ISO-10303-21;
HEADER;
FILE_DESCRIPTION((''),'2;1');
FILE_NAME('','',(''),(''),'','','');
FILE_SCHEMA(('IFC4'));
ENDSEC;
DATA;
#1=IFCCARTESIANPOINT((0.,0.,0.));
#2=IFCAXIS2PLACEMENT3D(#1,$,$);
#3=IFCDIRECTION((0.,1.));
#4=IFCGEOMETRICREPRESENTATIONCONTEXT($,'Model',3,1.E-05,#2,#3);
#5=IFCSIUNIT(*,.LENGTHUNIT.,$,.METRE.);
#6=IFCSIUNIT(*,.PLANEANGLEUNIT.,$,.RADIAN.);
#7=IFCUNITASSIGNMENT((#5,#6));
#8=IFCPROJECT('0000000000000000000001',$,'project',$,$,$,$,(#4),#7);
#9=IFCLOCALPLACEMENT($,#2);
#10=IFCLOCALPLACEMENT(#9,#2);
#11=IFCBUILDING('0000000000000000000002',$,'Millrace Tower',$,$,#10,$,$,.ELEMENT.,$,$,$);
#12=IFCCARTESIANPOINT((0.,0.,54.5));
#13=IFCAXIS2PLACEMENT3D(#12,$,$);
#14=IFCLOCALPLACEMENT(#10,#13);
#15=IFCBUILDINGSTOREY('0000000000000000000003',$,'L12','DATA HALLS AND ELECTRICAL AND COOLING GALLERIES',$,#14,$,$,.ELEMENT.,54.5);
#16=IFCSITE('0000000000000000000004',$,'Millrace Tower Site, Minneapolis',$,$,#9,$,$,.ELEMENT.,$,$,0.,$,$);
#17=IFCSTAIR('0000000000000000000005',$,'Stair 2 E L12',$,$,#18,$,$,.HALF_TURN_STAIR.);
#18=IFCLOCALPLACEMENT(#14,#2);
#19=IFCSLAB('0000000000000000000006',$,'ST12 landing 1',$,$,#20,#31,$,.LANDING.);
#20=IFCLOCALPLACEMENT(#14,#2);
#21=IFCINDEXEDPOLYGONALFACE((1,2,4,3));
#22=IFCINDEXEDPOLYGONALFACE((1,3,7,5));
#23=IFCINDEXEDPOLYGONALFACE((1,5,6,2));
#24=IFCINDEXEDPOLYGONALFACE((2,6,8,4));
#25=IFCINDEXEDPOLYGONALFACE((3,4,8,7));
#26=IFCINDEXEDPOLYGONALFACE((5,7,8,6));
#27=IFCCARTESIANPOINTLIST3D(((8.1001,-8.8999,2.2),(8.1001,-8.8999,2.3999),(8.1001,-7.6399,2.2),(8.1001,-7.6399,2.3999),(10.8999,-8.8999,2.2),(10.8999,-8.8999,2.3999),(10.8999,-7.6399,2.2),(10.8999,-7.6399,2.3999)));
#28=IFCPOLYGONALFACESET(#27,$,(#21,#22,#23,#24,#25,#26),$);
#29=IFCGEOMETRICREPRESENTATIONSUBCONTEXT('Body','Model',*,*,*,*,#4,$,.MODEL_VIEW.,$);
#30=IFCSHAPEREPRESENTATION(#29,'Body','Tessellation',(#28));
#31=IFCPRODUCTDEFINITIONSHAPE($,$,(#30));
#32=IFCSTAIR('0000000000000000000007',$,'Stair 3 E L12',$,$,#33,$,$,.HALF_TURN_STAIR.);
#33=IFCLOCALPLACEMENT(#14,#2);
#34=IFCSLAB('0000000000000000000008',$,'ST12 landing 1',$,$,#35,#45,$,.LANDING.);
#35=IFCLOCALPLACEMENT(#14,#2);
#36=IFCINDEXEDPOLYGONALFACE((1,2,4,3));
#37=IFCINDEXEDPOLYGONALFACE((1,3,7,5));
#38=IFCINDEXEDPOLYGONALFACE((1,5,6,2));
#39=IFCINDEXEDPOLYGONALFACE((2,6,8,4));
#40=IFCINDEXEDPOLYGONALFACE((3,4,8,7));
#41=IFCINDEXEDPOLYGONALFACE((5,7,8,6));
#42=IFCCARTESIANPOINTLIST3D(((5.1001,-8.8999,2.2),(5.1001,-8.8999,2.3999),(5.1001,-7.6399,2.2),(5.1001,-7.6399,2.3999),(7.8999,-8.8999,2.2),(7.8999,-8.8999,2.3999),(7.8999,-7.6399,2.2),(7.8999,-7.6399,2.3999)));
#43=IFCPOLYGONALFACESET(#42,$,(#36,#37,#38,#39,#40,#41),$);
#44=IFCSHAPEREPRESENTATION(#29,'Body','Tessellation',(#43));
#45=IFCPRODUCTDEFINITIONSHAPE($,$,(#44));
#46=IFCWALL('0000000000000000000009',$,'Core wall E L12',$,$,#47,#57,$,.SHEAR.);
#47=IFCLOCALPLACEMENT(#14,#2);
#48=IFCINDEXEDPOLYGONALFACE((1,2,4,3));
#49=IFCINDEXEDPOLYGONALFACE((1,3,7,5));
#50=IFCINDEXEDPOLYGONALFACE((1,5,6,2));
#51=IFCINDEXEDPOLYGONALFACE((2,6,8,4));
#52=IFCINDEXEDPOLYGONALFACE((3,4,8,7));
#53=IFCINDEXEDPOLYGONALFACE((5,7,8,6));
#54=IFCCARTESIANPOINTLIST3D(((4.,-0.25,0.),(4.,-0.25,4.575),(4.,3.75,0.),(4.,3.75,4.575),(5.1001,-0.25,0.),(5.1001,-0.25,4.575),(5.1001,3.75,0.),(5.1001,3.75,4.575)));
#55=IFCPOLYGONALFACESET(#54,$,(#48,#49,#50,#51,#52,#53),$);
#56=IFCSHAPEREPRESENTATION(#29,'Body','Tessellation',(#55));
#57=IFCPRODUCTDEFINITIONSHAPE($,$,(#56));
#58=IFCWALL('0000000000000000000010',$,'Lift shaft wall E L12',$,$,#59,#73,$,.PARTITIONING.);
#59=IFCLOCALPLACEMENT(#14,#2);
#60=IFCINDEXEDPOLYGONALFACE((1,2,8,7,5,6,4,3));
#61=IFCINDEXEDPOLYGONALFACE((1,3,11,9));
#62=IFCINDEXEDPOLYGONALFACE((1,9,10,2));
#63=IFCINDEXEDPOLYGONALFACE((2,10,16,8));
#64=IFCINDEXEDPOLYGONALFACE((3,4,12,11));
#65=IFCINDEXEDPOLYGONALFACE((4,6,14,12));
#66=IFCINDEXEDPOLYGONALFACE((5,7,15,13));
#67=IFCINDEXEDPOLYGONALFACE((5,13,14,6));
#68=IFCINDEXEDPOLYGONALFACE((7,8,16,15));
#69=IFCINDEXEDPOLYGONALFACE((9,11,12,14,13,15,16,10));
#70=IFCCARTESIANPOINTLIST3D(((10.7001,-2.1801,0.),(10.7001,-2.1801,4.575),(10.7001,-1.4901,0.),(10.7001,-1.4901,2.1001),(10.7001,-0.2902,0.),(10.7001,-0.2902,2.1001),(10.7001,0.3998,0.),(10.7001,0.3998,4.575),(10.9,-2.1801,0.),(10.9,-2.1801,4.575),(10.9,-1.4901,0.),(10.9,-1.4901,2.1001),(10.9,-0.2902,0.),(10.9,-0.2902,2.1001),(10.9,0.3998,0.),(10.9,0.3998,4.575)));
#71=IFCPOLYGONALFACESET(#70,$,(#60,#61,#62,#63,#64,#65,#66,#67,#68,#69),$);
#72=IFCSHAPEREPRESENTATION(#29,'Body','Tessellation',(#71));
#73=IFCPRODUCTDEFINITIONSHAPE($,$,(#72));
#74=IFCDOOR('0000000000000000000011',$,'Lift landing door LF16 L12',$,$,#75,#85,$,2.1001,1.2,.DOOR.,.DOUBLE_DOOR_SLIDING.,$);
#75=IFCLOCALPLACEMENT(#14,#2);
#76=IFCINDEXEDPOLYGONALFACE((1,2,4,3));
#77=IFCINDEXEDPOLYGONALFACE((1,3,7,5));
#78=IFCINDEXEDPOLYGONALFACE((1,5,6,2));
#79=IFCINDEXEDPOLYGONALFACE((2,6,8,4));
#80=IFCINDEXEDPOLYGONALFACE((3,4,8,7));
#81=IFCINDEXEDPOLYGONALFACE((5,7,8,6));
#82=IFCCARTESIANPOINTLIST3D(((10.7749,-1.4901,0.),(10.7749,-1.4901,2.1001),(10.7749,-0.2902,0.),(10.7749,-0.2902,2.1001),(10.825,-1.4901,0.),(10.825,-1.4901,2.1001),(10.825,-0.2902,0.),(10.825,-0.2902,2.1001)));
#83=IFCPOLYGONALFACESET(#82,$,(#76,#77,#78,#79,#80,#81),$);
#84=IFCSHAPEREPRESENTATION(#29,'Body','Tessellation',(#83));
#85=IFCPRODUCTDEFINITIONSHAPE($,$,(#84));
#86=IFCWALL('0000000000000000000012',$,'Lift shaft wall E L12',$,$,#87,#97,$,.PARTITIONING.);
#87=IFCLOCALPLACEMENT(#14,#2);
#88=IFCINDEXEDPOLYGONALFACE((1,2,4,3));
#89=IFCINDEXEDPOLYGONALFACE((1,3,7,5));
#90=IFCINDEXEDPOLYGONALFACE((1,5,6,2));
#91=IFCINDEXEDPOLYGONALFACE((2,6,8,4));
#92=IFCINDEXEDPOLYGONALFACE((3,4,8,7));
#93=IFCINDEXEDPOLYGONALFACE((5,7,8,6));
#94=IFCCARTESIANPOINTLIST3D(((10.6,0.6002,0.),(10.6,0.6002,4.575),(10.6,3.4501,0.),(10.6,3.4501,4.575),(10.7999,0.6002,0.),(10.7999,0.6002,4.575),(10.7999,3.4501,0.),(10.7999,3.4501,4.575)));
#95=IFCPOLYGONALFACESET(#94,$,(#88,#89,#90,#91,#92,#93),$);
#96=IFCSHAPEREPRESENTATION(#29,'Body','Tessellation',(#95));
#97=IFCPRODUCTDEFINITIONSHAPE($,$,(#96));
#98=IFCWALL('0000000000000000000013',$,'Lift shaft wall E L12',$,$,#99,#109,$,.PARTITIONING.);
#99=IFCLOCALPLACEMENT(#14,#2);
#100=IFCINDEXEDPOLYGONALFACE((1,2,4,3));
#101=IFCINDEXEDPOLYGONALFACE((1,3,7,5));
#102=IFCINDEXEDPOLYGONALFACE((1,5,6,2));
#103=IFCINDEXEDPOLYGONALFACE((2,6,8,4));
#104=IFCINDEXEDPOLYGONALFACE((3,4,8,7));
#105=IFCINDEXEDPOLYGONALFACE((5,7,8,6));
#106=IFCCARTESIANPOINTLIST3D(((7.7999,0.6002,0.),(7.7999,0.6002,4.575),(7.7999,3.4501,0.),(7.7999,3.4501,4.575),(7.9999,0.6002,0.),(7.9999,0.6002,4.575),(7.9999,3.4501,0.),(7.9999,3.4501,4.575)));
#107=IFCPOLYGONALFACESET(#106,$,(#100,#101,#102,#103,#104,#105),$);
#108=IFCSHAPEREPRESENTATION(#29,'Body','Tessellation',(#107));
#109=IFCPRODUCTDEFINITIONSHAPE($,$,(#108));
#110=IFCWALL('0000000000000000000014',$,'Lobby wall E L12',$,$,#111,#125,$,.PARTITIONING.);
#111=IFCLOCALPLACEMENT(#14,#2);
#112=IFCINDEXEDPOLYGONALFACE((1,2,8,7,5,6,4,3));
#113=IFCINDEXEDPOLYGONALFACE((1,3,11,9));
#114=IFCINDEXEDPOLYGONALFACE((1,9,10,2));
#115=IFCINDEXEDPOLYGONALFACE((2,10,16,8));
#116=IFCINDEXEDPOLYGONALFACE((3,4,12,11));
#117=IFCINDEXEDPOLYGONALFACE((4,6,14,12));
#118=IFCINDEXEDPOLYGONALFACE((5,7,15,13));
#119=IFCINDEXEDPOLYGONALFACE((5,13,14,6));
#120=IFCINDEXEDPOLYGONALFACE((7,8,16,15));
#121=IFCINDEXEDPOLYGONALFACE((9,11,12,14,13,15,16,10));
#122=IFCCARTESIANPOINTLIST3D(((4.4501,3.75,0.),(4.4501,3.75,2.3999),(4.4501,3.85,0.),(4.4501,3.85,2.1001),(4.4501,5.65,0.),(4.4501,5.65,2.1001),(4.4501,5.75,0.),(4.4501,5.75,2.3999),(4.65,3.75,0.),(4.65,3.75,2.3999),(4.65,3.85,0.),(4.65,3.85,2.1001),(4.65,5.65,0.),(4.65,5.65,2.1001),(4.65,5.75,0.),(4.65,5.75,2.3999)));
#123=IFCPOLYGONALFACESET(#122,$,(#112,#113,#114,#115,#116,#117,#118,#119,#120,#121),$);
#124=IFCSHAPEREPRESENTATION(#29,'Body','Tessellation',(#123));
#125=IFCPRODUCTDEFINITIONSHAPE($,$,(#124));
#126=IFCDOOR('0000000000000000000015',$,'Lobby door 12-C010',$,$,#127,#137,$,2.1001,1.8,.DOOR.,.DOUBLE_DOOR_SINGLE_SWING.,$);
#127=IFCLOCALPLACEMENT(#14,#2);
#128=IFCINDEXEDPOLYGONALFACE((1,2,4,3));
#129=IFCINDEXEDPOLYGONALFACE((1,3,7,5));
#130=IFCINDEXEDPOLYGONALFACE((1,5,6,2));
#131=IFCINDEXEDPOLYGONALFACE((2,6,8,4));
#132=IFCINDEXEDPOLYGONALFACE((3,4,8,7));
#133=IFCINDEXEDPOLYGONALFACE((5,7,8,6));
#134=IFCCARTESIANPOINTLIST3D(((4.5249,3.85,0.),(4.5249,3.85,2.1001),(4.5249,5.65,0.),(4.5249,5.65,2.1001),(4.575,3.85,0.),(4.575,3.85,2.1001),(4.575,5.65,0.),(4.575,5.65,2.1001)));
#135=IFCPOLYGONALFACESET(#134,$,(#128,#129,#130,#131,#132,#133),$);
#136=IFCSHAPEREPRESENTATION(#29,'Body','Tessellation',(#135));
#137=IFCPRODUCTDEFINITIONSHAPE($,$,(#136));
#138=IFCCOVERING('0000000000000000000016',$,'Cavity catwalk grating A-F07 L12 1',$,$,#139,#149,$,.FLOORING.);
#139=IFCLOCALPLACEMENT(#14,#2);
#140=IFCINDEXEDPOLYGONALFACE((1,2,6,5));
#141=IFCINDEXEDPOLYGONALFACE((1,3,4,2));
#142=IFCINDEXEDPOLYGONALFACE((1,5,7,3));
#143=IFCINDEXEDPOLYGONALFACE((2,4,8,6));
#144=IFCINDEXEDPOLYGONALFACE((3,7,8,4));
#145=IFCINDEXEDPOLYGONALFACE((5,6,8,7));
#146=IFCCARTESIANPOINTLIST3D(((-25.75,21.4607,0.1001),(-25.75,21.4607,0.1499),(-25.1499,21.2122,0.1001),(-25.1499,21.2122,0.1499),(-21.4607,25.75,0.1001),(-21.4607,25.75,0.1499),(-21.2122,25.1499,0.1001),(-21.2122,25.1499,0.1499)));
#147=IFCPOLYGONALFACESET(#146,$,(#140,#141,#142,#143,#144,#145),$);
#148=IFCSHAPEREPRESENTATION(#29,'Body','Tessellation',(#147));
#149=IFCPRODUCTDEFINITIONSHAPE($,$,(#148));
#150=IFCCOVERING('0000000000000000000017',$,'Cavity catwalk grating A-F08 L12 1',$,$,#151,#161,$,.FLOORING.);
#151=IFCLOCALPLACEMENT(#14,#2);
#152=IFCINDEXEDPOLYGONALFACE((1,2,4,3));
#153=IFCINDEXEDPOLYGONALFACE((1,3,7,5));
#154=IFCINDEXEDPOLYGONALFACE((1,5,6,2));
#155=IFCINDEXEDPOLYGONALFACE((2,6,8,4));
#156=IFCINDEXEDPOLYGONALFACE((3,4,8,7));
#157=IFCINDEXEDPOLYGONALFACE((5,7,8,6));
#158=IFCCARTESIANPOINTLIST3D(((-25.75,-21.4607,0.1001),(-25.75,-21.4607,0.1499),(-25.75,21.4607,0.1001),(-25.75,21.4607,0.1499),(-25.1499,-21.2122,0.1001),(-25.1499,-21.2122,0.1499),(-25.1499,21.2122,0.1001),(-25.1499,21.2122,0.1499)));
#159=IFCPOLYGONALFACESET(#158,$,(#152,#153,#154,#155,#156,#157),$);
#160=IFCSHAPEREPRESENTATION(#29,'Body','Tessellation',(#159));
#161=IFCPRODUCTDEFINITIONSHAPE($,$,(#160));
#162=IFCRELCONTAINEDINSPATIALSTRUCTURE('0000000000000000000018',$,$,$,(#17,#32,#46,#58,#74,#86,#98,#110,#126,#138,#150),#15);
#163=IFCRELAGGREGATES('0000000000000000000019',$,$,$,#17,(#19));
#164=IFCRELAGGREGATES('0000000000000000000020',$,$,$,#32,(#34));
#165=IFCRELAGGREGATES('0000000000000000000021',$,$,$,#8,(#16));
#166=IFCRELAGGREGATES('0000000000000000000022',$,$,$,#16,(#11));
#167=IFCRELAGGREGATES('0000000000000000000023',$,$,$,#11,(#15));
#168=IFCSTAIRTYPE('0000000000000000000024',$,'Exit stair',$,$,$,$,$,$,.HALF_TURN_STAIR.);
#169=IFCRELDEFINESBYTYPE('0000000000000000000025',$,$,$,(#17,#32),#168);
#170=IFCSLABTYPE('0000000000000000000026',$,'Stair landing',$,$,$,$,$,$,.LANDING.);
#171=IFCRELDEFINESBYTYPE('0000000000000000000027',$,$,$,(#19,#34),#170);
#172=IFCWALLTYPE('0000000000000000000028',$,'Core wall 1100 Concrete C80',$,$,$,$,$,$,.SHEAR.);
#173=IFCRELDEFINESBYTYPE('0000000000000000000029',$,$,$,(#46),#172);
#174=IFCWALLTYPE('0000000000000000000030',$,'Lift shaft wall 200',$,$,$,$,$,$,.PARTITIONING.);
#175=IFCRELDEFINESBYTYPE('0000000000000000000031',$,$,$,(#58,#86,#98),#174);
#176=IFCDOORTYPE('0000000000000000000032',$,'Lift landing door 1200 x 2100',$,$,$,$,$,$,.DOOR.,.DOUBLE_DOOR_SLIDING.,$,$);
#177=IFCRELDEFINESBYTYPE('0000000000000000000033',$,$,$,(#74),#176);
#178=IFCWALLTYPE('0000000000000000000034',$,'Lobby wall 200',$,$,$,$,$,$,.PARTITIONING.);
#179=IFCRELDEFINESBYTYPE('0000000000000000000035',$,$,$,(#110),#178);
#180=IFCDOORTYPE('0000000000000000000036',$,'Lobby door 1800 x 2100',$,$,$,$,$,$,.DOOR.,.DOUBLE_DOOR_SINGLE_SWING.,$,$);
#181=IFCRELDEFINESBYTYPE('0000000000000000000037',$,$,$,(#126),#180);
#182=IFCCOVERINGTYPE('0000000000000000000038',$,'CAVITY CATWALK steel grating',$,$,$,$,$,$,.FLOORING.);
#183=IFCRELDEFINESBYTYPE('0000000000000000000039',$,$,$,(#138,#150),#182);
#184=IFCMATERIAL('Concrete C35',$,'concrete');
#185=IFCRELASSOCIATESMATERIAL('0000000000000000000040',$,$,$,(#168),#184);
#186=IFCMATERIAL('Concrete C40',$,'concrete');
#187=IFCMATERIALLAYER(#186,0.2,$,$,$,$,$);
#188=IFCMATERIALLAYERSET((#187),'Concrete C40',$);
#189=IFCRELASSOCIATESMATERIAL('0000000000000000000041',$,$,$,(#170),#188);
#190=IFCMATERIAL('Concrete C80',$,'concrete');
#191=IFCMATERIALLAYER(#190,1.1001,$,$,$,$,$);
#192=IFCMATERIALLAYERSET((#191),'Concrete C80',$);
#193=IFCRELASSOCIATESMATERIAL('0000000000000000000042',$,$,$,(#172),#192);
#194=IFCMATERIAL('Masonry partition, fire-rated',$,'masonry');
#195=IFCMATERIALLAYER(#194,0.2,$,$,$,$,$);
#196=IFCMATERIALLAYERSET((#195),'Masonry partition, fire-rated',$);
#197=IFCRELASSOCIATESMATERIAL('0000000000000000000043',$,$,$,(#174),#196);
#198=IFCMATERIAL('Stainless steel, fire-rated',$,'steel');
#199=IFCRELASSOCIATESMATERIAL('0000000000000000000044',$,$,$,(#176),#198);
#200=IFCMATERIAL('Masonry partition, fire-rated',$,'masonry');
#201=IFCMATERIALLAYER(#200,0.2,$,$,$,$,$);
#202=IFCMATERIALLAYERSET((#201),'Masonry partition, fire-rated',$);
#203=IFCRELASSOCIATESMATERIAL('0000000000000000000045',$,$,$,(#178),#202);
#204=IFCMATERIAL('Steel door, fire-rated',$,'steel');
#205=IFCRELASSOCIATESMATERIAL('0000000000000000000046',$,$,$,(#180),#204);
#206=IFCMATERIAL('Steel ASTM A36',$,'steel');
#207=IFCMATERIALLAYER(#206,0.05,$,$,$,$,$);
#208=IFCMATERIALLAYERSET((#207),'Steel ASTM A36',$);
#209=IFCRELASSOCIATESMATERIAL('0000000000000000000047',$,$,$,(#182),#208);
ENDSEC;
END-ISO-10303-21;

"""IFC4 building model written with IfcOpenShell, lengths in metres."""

from ifc_helpers import new_model, si_unit, direction, frame, frame_2d, origin, place, context, subcontext, project, spatial, polyline, rectangle, outline, extrude, material, layer, layer_set, type_object, element, fill, aggregate, save


model = new_model("IFC4")

# Units and contexts
model_context = context("Model", 3, precision=1e-05, world=origin(), true_north=direction((0.0, 1.0)))
body_context = subcontext(model_context, "Body", "Model", "MODEL_VIEW")
ifc_project = project(units=[si_unit("LENGTHUNIT", "METRE"), si_unit("PLANEANGLEUNIT", "RADIAN")], contexts=[model_context])

# Site, building, storey
site_placement = place(None, origin())
site = spatial("IfcSite", under=ifc_project, at=site_placement, Name="Millrace Tower Site, Minneapolis", CompositionType="ELEMENT", RefElevation=0.0)
building_placement = place(site_placement, origin())
building = spatial("IfcBuilding", under=site, at=building_placement, Name="Millrace Tower", CompositionType="ELEMENT")
storey_placement = place(building_placement, frame((0.0, 0.0, 54.5)))
storey = spatial("IfcBuildingStorey", under=building, at=storey_placement, Name="L12", Description="DATA HALLS AND ELECTRICAL AND COOLING GALLERIES", CompositionType="ELEMENT", Elevation=54.5)

# Shared definitions
placement_1 = place(storey_placement, origin())

# Stairs, slabs
ifc_material_1 = material(Name="Concrete C35", Category="concrete")
stair_type = type_object("IfcStairType", Name="Exit stair", PredefinedType="HALF_TURN_STAIR", material=ifc_material_1)
ifc_material_2 = material(Name="Concrete C40", Category="concrete")
ifc_layer_1 = layer(ifc_material_2, 0.2)
ifc_layer_set_1 = layer_set([ifc_layer_1], Name="Concrete C40")
slab_type = type_object("IfcSlabType", Name="Stair landing", PredefinedType="LANDING", material=ifc_layer_set_1)
placement_2 = place(storey_placement, frame((0.0, 0.0, 2.2)))
stair_1 = element("IfcStair", 1, at=placement_1, inside=storey, type_object=stair_type, Name="Stair 2 E L12", PredefinedType="HALF_TURN_STAIR")
slab_1 = element("IfcSlab", 2, at=placement_2, type_object=slab_type, Name="ST12 landing 1", PredefinedType="LANDING", context=body_context, shape_type="SweptSolid", body=[
    extrude(outline(polyline([(8.1001, -8.8999), (10.8999, -8.8999), (10.8999, -7.6399), (8.1001, -7.6399), (8.1001, -8.8999)])), origin(), (0.0, 0.0, 1.0), 0.2),
])
aggregate(stair_1, [slab_1])
stair_2 = element("IfcStair", 3, at=placement_1, inside=storey, type_object=stair_type, Name="Stair 3 E L12", PredefinedType="HALF_TURN_STAIR")
slab_2 = element("IfcSlab", 4, at=placement_2, type_object=slab_type, Name="ST12 landing 1", PredefinedType="LANDING", context=body_context, shape_type="SweptSolid", body=[
    extrude(outline(polyline([(5.1001, -8.8999), (7.8999, -8.8999), (7.8999, -7.6399), (5.1001, -7.6399), (5.1001, -8.8999)])), origin(), (0.0, 0.0, 1.0), 0.2),
])
aggregate(stair_2, [slab_2])

# Wall
ifc_material_3 = material(Name="Concrete C80", Category="concrete")
ifc_layer_2 = layer(ifc_material_3, 1.1001)
ifc_layer_set_2 = layer_set([ifc_layer_2], Name="Concrete C80")
wall_type_1 = type_object("IfcWallType", Name="Core wall 1100 Concrete C80", PredefinedType="SHEAR", material=ifc_layer_set_2)
wall_1_placement = place(storey_placement, frame((4.55, 3.75, 0.0), z_axis=(0.0, 0.0, 1.0), x_axis=(0.0, -1.0, 0.0)))
element("IfcWall", 5, at=wall_1_placement, inside=storey, type_object=wall_type_1, Name="Core wall E L12", PredefinedType="SHEAR", context=body_context, shape_type="SweptSolid", body=[
    extrude(rectangle(XDim=4.0, YDim=1.1001, at=frame_2d((2.0, 0.0))), origin(), (0.0, 0.0, 1.0), 4.575),
])

# Wall, opening, door
ifc_material_4 = material(Name="Masonry partition, fire-rated", Category="masonry")
ifc_layer_3 = layer(ifc_material_4, 0.2)
ifc_layer_set_3 = layer_set([ifc_layer_3], Name="Masonry partition, fire-rated")
wall_type_2 = type_object("IfcWallType", Name="Lift shaft wall 200", PredefinedType="PARTITIONING", material=ifc_layer_set_3)
wall_2_placement = place(storey_placement, frame((10.8, 0.3999, 0.0), z_axis=(0.0, 0.0, 1.0), x_axis=(0.0, -1.0, 0.0)))
wall_2 = element("IfcWall", 6, at=wall_2_placement, inside=storey, type_object=wall_type_2, Name="Lift shaft wall E L12", PredefinedType="PARTITIONING", context=body_context, shape_type="SweptSolid", body=[
    extrude(rectangle(XDim=2.5798, YDim=0.2, at=frame_2d((1.29, 0.0))), origin(), (0.0, 0.0, 1.0), 4.575),
])
opening_1_placement = place(wall_2_placement, frame((0.6899, 0.0, 0.0)))
opening_1 = element("IfcOpeningElement", 7, at=opening_1_placement, cuts=wall_2, PredefinedType="OPENING", context=body_context, shape_type="SweptSolid", body=[
    extrude(rectangle(XDim=1.2, YDim=2.1001, at=frame_2d((0.6001, 1.05))), frame((0.0, 0.1099, 0.0), z_axis=(0.0, -1.0, 0.0), x_axis=(1.0, 0.0, 0.0)), (0.0, 0.0, 1.0), 0.22),
])
ifc_material_5 = material(Name="Stainless steel, fire-rated", Category="steel")
door_type_1 = type_object("IfcDoorType", Name="Lift landing door 1200 x 2100", OperationType="DOUBLE_DOOR_SLIDING", PredefinedType="DOOR", material=ifc_material_5)
door_1_placement = place(opening_1_placement, origin())
door_1 = element("IfcDoor", 8, at=door_1_placement, inside=storey, type_object=door_type_1, Name="Lift landing door LF16 L12", OperationType="DOUBLE_DOOR_SLIDING", OverallHeight=2.1001, OverallWidth=1.2, PredefinedType="DOOR", context=body_context, shape_type="SweptSolid", body=[
    extrude(rectangle(XDim=1.2, YDim=2.1001, at=frame_2d((0.6001, 1.05))), frame((0.0, 0.0249, 0.0), z_axis=(0.0, -1.0, 0.0), x_axis=(1.0, 0.0, 0.0)), (0.0, 0.0, 1.0), 0.05),
])
fill(opening_1, door_1)

# Walls
for number, where, z_axis, x_axis, name in (
    (9, (10.7, 3.45, 0.0), (0.0, 0.0, 1.0), (0.0, -1.0, 0.0), "Lift shaft wall E L12"),
    (10, (7.8999, 3.45, 0.0), (0.0, 0.0, 1.0), (0.0, -1.0, 0.0), "Lift shaft wall E L12"),
):
    element("IfcWall", number, at=place(storey_placement, frame(where, z_axis=z_axis, x_axis=x_axis)), inside=storey, type_object=wall_type_2, Name=name, PredefinedType="PARTITIONING", context=body_context, shape_type="SweptSolid", body=[
        extrude(rectangle(XDim=2.8499, YDim=0.2, at=frame_2d((1.4248, 0.0))), origin(), (0.0, 0.0, 1.0), 4.575),
    ])

# Wall, opening, door
ifc_material_6 = material(Name="Masonry partition, fire-rated", Category="masonry")
ifc_layer_4 = layer(ifc_material_6, 0.2)
ifc_layer_set_4 = layer_set([ifc_layer_4], Name="Masonry partition, fire-rated")
wall_type_3 = type_object("IfcWallType", Name="Lobby wall 200", PredefinedType="PARTITIONING", material=ifc_layer_set_4)
wall_3_placement = place(storey_placement, frame((4.55, 5.75, 0.0), z_axis=(0.0, 0.0, 1.0), x_axis=(0.0, -1.0, 0.0)))
wall_3 = element("IfcWall", 11, at=wall_3_placement, inside=storey, type_object=wall_type_3, Name="Lobby wall E L12", PredefinedType="PARTITIONING", context=body_context, shape_type="SweptSolid", body=[
    extrude(rectangle(XDim=2.0, YDim=0.2, at=frame_2d((1.0, 0.0))), origin(), (0.0, 0.0, 1.0), 2.3999),
])
opening_2_placement = place(wall_3_placement, frame((0.1001, 0.0, 0.0)))
opening_2 = element("IfcOpeningElement", 12, at=opening_2_placement, cuts=wall_3, PredefinedType="OPENING", context=body_context, shape_type="SweptSolid", body=[
    extrude(rectangle(XDim=1.8, YDim=2.1001, at=frame_2d((0.8999, 1.05))), frame((0.0, 0.1099, 0.0), z_axis=(0.0, -1.0, 0.0), x_axis=(1.0, 0.0, 0.0)), (0.0, 0.0, 1.0), 0.22),
])
ifc_material_7 = material(Name="Steel door, fire-rated", Category="steel")
door_type_2 = type_object("IfcDoorType", Name="Lobby door 1800 x 2100", OperationType="DOUBLE_DOOR_SINGLE_SWING", PredefinedType="DOOR", material=ifc_material_7)
door_2_placement = place(opening_2_placement, origin())
door_2 = element("IfcDoor", 13, at=door_2_placement, inside=storey, type_object=door_type_2, Name="Lobby door 12-C010", OperationType="DOUBLE_DOOR_SINGLE_SWING", OverallHeight=2.1001, OverallWidth=1.8, PredefinedType="DOOR", context=body_context, shape_type="SweptSolid", body=[
    extrude(rectangle(XDim=1.8, YDim=2.1001, at=frame_2d((0.8999, 1.05))), frame((0.0, 0.0249, 0.0), z_axis=(0.0, -1.0, 0.0), x_axis=(1.0, 0.0, 0.0)), (0.0, 0.0, 1.0), 0.05),
])
fill(opening_2, door_2)

# Coverings
ifc_material_8 = material(Name="Steel ASTM A36", Category="steel")
ifc_layer_5 = layer(ifc_material_8, 0.05)
ifc_layer_set_5 = layer_set([ifc_layer_5], Name="Steel ASTM A36")
covering_type = type_object("IfcCoveringType", Name="CAVITY CATWALK steel grating", PredefinedType="FLOORING", material=ifc_layer_set_5)
placement_3 = place(storey_placement, frame((0.0, 0.0, 0.1001)))
element("IfcCovering", 14, at=placement_3, inside=storey, type_object=covering_type, Name="Cavity catwalk grating A-F07 L12 1", PredefinedType="FLOORING", context=body_context, shape_type="SweptSolid", body=[
    extrude(outline(polyline([(-21.4607, 25.75), (-25.75, 21.4607), (-25.1499, 21.2122), (-21.2122, 25.1499), (-21.4607, 25.75)])), origin(), (0.0, 0.0, 1.0), 0.0498),
])
element("IfcCovering", 15, at=placement_3, inside=storey, type_object=covering_type, Name="Cavity catwalk grating A-F08 L12 1", PredefinedType="FLOORING", context=body_context, shape_type="SweptSolid", body=[
    extrude(outline(polyline([(-25.75, 21.4607), (-25.75, -21.4607), (-25.1499, -21.2122), (-25.1499, 21.2122), (-25.75, 21.4607)])), origin(), (0.0, 0.0, 1.0), 0.0498),
])

save(model, "model.ifc")
